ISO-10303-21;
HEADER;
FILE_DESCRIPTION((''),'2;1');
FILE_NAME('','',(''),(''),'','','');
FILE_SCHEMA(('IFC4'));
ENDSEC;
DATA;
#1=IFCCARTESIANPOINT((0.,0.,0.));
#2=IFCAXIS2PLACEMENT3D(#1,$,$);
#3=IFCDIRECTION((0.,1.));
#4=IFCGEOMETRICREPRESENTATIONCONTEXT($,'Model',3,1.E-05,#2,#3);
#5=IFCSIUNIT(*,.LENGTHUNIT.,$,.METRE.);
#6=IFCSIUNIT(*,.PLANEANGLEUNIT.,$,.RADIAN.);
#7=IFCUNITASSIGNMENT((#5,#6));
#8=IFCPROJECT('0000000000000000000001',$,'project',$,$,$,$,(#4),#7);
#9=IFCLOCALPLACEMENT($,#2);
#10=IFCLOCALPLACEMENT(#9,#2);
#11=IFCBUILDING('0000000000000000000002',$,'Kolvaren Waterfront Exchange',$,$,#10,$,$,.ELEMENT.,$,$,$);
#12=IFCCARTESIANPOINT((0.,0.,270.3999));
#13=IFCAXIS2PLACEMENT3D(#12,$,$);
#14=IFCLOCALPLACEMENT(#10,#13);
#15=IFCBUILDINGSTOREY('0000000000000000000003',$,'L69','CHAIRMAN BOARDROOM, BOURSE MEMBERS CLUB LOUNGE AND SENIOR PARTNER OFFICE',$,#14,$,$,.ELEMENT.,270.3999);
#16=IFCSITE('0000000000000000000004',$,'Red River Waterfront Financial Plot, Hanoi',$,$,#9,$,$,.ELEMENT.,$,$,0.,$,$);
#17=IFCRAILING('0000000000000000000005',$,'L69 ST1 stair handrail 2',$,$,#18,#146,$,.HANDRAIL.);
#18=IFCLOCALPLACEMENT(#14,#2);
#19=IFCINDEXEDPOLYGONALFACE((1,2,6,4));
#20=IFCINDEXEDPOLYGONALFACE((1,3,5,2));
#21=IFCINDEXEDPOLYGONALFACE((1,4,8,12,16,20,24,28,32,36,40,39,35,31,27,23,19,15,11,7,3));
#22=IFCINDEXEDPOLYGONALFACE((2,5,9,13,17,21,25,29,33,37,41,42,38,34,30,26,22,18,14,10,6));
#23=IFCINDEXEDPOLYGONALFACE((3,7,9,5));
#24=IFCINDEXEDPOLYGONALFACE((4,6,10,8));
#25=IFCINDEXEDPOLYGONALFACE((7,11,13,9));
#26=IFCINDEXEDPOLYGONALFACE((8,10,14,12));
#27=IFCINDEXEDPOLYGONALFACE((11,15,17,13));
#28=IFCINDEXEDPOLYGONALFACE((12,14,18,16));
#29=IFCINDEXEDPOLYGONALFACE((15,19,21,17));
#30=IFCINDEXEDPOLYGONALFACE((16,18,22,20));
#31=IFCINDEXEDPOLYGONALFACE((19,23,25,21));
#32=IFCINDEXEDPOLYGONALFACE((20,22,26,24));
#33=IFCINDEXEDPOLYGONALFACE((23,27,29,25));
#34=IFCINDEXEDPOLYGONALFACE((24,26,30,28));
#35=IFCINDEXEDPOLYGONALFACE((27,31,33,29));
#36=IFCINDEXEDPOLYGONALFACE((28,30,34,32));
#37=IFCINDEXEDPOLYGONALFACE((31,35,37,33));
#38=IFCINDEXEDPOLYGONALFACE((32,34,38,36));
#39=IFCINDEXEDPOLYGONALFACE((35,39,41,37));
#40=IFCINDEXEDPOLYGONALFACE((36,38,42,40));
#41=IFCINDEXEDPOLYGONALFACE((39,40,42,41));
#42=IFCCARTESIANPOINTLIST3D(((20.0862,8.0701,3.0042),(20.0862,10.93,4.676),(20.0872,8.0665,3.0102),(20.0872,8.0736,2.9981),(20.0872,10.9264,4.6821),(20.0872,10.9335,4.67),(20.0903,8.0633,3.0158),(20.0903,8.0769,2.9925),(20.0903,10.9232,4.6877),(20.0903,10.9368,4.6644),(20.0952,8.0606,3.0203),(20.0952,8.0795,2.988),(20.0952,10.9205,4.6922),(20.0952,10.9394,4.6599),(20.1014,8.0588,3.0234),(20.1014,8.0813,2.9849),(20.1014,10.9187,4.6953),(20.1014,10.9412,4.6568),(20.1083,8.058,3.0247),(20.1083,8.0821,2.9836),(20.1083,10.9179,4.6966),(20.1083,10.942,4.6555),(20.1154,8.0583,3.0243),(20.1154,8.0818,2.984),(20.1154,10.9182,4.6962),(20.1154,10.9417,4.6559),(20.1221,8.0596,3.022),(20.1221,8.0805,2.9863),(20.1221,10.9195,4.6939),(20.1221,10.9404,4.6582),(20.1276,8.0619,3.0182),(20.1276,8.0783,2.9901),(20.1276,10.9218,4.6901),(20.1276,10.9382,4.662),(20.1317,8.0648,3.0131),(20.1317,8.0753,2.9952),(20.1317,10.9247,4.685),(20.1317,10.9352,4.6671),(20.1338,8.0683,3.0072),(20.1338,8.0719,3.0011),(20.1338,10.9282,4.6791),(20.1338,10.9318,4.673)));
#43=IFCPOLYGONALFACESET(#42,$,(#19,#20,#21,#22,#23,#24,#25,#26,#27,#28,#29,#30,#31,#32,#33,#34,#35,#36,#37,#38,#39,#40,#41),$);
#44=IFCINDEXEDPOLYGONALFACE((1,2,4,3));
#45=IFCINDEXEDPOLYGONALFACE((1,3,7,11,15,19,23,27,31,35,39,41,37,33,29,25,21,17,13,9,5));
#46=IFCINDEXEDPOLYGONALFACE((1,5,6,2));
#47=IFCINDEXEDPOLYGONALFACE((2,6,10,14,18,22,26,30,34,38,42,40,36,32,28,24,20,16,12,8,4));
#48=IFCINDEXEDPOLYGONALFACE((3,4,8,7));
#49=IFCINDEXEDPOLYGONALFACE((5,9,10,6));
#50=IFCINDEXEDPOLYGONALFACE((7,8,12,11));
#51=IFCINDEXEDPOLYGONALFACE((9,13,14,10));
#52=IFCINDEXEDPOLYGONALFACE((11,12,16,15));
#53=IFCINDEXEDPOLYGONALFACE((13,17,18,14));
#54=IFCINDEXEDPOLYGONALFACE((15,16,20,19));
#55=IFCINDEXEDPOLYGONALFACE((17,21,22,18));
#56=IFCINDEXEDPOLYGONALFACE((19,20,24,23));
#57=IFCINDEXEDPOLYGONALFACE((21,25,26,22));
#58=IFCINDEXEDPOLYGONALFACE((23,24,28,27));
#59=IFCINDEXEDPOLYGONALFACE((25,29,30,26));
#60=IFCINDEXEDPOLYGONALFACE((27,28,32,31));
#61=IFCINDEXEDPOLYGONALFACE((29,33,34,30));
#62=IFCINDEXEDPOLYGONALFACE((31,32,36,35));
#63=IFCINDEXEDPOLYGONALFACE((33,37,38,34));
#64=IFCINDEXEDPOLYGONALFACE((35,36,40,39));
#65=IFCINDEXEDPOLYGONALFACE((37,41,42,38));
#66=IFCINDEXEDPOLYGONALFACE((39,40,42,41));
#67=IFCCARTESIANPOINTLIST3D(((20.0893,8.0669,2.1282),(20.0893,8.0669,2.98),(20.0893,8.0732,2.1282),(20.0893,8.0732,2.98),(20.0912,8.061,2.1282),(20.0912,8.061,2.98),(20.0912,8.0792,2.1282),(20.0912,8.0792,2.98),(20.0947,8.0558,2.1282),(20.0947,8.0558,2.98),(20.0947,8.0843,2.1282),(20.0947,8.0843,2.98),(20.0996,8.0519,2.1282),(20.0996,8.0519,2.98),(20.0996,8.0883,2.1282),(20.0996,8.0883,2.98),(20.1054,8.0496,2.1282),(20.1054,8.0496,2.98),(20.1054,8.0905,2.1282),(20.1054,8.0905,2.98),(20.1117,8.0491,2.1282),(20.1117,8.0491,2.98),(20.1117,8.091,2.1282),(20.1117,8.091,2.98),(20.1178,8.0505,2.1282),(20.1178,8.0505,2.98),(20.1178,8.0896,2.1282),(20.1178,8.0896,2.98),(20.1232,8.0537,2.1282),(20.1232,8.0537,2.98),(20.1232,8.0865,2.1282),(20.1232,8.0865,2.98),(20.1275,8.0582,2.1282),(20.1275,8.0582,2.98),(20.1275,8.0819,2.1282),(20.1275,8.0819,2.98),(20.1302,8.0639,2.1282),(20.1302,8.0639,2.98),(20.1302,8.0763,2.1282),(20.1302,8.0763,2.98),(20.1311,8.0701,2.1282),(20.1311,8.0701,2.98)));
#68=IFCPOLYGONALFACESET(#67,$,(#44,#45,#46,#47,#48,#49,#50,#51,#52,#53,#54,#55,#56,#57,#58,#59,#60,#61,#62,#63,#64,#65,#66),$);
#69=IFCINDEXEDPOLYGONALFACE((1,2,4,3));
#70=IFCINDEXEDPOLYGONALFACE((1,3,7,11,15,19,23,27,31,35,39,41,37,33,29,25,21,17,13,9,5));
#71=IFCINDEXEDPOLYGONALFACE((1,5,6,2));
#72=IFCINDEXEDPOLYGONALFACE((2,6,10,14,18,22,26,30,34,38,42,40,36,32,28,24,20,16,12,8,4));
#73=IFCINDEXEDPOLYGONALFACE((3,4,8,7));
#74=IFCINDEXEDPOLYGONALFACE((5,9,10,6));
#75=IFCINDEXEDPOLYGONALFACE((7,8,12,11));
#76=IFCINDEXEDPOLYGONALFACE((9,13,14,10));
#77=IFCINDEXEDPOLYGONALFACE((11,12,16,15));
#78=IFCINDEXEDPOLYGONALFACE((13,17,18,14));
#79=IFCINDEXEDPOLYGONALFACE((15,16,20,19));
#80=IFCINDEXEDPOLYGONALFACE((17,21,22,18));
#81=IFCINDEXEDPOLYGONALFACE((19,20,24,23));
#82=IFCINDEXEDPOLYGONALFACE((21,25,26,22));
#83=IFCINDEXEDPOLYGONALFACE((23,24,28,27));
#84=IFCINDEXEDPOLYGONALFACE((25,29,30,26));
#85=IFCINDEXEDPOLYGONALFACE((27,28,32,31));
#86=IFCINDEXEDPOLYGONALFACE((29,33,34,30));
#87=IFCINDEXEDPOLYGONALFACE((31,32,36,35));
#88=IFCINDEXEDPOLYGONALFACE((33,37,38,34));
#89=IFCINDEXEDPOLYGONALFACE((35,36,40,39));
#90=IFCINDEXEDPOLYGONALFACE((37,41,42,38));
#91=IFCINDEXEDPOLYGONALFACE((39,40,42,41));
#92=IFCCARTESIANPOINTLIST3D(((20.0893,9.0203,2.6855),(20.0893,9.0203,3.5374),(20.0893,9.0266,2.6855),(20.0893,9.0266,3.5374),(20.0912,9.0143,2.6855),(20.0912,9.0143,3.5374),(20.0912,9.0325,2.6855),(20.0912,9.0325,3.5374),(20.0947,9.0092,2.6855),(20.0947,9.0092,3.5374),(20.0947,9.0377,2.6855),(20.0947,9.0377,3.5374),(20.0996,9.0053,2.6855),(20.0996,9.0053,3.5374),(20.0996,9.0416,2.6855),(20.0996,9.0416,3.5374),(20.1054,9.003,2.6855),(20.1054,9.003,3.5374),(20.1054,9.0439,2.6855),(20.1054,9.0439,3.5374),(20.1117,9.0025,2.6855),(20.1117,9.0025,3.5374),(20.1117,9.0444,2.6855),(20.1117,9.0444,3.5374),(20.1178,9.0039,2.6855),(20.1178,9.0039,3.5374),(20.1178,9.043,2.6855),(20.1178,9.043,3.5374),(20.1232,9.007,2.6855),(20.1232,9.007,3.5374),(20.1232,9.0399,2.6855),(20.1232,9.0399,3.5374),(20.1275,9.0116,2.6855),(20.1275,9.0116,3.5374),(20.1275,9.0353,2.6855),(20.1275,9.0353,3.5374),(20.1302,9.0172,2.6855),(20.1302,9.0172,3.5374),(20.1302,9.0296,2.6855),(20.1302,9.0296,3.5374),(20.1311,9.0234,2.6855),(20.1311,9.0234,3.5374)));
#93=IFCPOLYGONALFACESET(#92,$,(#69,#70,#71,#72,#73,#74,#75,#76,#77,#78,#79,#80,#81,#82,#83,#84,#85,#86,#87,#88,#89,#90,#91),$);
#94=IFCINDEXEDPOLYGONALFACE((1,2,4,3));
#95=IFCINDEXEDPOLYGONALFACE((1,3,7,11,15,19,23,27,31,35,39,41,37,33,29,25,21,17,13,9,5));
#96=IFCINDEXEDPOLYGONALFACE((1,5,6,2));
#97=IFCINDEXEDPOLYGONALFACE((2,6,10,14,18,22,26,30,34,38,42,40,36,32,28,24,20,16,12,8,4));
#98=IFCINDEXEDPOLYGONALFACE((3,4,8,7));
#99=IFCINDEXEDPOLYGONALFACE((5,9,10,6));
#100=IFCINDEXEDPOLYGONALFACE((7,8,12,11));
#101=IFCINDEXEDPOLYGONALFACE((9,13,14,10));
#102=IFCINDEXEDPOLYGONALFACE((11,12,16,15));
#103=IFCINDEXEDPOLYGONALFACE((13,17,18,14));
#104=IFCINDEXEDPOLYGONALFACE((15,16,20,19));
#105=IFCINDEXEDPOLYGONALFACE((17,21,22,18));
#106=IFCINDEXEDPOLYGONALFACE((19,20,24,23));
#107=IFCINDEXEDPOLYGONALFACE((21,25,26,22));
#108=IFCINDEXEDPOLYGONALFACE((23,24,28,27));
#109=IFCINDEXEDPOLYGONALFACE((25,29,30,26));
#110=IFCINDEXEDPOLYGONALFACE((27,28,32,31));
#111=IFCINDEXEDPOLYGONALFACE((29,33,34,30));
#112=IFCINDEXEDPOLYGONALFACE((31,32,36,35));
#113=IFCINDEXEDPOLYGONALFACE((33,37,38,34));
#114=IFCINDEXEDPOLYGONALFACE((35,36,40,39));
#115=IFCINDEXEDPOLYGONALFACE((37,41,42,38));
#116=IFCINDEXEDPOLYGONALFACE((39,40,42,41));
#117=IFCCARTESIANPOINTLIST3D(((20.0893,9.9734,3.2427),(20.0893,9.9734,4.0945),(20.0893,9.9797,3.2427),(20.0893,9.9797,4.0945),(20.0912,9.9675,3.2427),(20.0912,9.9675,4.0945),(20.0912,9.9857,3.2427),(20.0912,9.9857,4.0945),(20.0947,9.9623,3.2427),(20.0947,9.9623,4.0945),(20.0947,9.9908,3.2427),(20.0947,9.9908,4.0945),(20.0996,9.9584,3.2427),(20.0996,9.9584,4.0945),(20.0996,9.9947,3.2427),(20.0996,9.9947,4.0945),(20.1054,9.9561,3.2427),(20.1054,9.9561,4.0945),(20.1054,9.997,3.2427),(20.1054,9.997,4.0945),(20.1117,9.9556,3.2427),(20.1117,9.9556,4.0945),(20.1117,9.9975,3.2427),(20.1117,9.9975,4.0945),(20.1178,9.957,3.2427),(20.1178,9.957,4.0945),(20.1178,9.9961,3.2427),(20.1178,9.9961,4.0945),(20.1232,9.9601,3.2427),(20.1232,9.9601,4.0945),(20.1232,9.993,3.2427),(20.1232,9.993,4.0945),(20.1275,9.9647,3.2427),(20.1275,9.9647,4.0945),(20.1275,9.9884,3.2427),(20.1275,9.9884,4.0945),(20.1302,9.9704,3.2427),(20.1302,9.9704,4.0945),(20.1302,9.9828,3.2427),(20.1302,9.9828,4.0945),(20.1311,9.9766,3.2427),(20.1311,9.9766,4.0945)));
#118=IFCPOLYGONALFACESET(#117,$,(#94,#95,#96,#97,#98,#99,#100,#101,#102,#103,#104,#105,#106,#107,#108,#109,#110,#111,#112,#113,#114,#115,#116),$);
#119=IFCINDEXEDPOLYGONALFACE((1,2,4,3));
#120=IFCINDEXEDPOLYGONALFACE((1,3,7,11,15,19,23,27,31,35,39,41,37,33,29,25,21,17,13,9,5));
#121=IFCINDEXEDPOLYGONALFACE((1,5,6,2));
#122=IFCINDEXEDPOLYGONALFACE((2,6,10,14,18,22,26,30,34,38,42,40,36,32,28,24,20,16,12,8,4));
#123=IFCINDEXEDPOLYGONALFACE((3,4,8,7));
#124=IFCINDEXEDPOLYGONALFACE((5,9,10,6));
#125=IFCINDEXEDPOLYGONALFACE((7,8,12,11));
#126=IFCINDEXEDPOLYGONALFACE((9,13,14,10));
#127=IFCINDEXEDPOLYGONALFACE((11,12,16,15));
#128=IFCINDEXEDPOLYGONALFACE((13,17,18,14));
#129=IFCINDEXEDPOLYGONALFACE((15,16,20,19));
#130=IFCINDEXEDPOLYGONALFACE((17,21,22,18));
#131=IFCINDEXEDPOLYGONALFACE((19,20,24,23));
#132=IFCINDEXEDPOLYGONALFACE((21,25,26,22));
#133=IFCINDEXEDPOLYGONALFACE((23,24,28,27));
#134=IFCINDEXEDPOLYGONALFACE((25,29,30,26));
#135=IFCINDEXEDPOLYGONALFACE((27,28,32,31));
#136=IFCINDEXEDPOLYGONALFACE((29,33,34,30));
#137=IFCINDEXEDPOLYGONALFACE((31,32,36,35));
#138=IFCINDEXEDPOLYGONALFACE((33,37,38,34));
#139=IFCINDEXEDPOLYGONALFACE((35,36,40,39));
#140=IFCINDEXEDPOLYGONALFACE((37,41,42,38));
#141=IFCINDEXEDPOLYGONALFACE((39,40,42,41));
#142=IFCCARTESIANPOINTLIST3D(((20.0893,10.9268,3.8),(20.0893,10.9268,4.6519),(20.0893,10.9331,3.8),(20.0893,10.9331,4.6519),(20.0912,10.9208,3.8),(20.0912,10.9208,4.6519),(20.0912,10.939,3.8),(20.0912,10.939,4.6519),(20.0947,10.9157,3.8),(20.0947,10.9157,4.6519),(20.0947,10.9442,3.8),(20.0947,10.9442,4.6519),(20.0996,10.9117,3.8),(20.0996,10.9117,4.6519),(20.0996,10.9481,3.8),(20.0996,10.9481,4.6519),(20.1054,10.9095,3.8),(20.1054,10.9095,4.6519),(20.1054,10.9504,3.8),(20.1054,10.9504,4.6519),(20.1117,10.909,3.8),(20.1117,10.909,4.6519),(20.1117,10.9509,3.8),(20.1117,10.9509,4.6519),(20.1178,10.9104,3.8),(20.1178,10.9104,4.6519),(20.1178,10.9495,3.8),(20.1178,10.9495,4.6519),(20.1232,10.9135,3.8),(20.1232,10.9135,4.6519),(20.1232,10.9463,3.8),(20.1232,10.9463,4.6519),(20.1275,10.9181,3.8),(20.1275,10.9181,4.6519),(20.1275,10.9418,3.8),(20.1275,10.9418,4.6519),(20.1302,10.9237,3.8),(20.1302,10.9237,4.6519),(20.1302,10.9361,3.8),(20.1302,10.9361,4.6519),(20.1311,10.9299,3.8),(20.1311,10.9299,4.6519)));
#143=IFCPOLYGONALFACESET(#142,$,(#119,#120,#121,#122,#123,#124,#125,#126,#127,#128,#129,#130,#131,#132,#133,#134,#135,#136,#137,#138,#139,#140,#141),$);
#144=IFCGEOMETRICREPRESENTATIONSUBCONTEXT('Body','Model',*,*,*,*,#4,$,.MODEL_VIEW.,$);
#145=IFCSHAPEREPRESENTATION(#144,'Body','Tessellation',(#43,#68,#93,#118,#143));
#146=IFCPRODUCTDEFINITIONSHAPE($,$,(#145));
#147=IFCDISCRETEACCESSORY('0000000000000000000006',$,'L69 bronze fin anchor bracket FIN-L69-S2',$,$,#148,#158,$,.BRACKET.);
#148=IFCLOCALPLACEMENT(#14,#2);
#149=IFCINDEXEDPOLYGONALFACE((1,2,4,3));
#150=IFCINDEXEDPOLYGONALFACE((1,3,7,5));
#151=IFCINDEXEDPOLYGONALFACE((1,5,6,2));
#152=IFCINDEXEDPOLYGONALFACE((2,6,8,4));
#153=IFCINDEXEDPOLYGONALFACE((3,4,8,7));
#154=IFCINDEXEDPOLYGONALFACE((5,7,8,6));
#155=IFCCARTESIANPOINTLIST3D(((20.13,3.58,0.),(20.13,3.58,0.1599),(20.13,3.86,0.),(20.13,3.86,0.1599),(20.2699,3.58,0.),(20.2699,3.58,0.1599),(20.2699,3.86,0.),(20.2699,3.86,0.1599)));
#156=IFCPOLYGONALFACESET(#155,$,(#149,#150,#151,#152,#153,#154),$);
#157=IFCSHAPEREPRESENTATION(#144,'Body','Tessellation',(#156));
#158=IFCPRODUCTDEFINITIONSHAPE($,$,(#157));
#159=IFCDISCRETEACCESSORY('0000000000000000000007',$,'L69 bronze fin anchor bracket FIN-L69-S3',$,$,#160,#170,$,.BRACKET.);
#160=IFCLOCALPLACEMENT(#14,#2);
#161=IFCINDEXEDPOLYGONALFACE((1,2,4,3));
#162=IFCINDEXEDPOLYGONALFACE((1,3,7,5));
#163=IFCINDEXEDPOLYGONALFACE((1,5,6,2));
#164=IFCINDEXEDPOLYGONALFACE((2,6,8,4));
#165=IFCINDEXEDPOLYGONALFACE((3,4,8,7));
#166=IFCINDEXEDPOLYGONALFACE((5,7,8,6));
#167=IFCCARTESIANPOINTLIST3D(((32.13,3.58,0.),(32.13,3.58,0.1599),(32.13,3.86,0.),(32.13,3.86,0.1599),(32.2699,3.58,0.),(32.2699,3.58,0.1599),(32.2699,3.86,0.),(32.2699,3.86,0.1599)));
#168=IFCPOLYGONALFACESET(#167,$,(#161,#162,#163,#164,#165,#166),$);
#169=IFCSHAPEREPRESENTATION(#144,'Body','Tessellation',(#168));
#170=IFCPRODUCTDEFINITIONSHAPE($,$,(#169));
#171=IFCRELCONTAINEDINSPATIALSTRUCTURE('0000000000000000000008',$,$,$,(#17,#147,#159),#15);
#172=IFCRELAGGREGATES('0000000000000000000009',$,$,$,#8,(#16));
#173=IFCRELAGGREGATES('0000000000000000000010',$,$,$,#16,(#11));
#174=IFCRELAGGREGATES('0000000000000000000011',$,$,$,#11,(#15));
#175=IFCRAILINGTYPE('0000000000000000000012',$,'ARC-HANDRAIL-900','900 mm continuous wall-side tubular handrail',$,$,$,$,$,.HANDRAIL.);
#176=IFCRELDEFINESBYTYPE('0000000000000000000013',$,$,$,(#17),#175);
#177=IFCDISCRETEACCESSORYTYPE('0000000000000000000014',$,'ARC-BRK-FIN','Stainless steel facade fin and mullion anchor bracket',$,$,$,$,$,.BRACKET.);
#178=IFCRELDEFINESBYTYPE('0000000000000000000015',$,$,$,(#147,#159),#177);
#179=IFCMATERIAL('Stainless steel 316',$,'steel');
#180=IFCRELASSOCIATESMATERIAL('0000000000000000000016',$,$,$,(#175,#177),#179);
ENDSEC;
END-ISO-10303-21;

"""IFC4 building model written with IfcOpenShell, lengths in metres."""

from ifc_helpers import new_model, si_unit, direction, frame, origin, origin_with_axes, origin_2d, place, context, subcontext, project, spatial, rectangle, circle, extrude, source, transform, mapped, material, type_object, element, save


model = new_model("IFC4")

# Units and contexts
model_context = context("Model", 3, precision=1e-05, world=origin(), true_north=direction((0.0, 1.0)))
body_context = subcontext(model_context, "Body", "Model", "MODEL_VIEW")
ifc_project = project(units=[si_unit("LENGTHUNIT", "METRE"), si_unit("PLANEANGLEUNIT", "RADIAN")], contexts=[model_context])

# Site, building, storey
site_placement = place(None, origin())
site = spatial("IfcSite", under=ifc_project, at=site_placement, Name="Red River Waterfront Financial Plot, Hanoi", CompositionType="ELEMENT", RefElevation=0.0)
building_placement = place(site_placement, origin())
building = spatial("IfcBuilding", under=site, at=building_placement, Name="Kolvaren Waterfront Exchange", CompositionType="ELEMENT")
storey_placement = place(building_placement, frame((0.0, 0.0, 270.3999)))
storey = spatial("IfcBuildingStorey", under=building, at=storey_placement, Name="L69", Description="CHAIRMAN BOARDROOM, BOURSE MEMBERS CLUB LOUNGE AND SENIOR PARTNER OFFICE", CompositionType="ELEMENT", Elevation=270.3999)

# Railing
ifc_material_1 = material(Name="Stainless steel 316", Category="steel")
railing_type_1 = type_object("IfcRailingType", Name="ARC-HANDRAIL-900", Description="900 mm continuous wall-side tubular handrail", PredefinedType="HANDRAIL", material=ifc_material_1)
railing_1_placement = place(storey_placement, frame((20.1101, 8.0701, 2.1282)))
element("IfcRailing", 1, at=railing_1_placement, inside=storey, type_object=railing_type_1, Name="L69 ST1 stair handrail 2", PredefinedType="HANDRAIL", context=body_context, shape_type="SweptSolid", body=[
    extrude(circle(Radius=0.0239, at=origin_2d()), frame((0.0, 0.0, 0.876), z_axis=(0.0, 0.863303, 0.504686), x_axis=(-1.0, 0.0, 0.0)), (0.0, 0.0, 1.0), 3.3127),
    extrude(circle(Radius=0.021, at=origin_2d()), origin(), (0.0, 0.0, 1.0), 0.8518),
    extrude(circle(Radius=0.021, at=origin_2d()), frame((0.0, 0.9534, 0.5574)), (0.0, 0.0, 1.0), 0.8518),
    extrude(circle(Radius=0.021, at=origin_2d()), frame((0.0, 1.9065, 1.1145)), (0.0, 0.0, 1.0), 0.8518),
    extrude(circle(Radius=0.021, at=origin_2d()), frame((0.0, 2.8599, 1.6719)), (0.0, 0.0, 1.0), 0.8518),
])

# Discrete accessories
discrete_accessory_type = type_object("IfcDiscreteAccessoryType", Name="ARC-BRK-FIN", Description="Stainless steel facade fin and mullion anchor bracket", PredefinedType="BRACKET", material=ifc_material_1)
shared_shape_1 = source(origin_with_axes(), body_context, "Body", "SweptSolid", [
    extrude(rectangle(XDim=0.28, YDim=0.1399, at=origin_2d()), origin(), (0.0, 0.0, 1.0), 0.1599),
])
for number, where, z_axis, x_axis, name in (
    (2, (20.2, 3.72, 0.0), (0.0, 0.0, 1.0), (0.0, -1.0, 0.0), "L69 bronze fin anchor bracket FIN-L69-S2"),
    (3, (32.2, 3.72, 0.0), (0.0, 0.0, 1.0), (0.0, -1.0, 0.0), "L69 bronze fin anchor bracket FIN-L69-S3"),
):
    element("IfcDiscreteAccessory", number, at=place(storey_placement, frame(where, z_axis=z_axis, x_axis=x_axis)), inside=storey, type_object=discrete_accessory_type, Name=name, PredefinedType="BRACKET", context=body_context, shape_type="MappedRepresentation", body=[
        mapped(shared_shape_1, transform((0.0, 0.0, 0.0), x_axis=(1.0, 0.0, 0.0), y_axis=(0.0, 1.0, 0.0), z_axis=(0.0, 0.0, 1.0), scale=1.0)),
    ])

save(model, "model.ifc")
